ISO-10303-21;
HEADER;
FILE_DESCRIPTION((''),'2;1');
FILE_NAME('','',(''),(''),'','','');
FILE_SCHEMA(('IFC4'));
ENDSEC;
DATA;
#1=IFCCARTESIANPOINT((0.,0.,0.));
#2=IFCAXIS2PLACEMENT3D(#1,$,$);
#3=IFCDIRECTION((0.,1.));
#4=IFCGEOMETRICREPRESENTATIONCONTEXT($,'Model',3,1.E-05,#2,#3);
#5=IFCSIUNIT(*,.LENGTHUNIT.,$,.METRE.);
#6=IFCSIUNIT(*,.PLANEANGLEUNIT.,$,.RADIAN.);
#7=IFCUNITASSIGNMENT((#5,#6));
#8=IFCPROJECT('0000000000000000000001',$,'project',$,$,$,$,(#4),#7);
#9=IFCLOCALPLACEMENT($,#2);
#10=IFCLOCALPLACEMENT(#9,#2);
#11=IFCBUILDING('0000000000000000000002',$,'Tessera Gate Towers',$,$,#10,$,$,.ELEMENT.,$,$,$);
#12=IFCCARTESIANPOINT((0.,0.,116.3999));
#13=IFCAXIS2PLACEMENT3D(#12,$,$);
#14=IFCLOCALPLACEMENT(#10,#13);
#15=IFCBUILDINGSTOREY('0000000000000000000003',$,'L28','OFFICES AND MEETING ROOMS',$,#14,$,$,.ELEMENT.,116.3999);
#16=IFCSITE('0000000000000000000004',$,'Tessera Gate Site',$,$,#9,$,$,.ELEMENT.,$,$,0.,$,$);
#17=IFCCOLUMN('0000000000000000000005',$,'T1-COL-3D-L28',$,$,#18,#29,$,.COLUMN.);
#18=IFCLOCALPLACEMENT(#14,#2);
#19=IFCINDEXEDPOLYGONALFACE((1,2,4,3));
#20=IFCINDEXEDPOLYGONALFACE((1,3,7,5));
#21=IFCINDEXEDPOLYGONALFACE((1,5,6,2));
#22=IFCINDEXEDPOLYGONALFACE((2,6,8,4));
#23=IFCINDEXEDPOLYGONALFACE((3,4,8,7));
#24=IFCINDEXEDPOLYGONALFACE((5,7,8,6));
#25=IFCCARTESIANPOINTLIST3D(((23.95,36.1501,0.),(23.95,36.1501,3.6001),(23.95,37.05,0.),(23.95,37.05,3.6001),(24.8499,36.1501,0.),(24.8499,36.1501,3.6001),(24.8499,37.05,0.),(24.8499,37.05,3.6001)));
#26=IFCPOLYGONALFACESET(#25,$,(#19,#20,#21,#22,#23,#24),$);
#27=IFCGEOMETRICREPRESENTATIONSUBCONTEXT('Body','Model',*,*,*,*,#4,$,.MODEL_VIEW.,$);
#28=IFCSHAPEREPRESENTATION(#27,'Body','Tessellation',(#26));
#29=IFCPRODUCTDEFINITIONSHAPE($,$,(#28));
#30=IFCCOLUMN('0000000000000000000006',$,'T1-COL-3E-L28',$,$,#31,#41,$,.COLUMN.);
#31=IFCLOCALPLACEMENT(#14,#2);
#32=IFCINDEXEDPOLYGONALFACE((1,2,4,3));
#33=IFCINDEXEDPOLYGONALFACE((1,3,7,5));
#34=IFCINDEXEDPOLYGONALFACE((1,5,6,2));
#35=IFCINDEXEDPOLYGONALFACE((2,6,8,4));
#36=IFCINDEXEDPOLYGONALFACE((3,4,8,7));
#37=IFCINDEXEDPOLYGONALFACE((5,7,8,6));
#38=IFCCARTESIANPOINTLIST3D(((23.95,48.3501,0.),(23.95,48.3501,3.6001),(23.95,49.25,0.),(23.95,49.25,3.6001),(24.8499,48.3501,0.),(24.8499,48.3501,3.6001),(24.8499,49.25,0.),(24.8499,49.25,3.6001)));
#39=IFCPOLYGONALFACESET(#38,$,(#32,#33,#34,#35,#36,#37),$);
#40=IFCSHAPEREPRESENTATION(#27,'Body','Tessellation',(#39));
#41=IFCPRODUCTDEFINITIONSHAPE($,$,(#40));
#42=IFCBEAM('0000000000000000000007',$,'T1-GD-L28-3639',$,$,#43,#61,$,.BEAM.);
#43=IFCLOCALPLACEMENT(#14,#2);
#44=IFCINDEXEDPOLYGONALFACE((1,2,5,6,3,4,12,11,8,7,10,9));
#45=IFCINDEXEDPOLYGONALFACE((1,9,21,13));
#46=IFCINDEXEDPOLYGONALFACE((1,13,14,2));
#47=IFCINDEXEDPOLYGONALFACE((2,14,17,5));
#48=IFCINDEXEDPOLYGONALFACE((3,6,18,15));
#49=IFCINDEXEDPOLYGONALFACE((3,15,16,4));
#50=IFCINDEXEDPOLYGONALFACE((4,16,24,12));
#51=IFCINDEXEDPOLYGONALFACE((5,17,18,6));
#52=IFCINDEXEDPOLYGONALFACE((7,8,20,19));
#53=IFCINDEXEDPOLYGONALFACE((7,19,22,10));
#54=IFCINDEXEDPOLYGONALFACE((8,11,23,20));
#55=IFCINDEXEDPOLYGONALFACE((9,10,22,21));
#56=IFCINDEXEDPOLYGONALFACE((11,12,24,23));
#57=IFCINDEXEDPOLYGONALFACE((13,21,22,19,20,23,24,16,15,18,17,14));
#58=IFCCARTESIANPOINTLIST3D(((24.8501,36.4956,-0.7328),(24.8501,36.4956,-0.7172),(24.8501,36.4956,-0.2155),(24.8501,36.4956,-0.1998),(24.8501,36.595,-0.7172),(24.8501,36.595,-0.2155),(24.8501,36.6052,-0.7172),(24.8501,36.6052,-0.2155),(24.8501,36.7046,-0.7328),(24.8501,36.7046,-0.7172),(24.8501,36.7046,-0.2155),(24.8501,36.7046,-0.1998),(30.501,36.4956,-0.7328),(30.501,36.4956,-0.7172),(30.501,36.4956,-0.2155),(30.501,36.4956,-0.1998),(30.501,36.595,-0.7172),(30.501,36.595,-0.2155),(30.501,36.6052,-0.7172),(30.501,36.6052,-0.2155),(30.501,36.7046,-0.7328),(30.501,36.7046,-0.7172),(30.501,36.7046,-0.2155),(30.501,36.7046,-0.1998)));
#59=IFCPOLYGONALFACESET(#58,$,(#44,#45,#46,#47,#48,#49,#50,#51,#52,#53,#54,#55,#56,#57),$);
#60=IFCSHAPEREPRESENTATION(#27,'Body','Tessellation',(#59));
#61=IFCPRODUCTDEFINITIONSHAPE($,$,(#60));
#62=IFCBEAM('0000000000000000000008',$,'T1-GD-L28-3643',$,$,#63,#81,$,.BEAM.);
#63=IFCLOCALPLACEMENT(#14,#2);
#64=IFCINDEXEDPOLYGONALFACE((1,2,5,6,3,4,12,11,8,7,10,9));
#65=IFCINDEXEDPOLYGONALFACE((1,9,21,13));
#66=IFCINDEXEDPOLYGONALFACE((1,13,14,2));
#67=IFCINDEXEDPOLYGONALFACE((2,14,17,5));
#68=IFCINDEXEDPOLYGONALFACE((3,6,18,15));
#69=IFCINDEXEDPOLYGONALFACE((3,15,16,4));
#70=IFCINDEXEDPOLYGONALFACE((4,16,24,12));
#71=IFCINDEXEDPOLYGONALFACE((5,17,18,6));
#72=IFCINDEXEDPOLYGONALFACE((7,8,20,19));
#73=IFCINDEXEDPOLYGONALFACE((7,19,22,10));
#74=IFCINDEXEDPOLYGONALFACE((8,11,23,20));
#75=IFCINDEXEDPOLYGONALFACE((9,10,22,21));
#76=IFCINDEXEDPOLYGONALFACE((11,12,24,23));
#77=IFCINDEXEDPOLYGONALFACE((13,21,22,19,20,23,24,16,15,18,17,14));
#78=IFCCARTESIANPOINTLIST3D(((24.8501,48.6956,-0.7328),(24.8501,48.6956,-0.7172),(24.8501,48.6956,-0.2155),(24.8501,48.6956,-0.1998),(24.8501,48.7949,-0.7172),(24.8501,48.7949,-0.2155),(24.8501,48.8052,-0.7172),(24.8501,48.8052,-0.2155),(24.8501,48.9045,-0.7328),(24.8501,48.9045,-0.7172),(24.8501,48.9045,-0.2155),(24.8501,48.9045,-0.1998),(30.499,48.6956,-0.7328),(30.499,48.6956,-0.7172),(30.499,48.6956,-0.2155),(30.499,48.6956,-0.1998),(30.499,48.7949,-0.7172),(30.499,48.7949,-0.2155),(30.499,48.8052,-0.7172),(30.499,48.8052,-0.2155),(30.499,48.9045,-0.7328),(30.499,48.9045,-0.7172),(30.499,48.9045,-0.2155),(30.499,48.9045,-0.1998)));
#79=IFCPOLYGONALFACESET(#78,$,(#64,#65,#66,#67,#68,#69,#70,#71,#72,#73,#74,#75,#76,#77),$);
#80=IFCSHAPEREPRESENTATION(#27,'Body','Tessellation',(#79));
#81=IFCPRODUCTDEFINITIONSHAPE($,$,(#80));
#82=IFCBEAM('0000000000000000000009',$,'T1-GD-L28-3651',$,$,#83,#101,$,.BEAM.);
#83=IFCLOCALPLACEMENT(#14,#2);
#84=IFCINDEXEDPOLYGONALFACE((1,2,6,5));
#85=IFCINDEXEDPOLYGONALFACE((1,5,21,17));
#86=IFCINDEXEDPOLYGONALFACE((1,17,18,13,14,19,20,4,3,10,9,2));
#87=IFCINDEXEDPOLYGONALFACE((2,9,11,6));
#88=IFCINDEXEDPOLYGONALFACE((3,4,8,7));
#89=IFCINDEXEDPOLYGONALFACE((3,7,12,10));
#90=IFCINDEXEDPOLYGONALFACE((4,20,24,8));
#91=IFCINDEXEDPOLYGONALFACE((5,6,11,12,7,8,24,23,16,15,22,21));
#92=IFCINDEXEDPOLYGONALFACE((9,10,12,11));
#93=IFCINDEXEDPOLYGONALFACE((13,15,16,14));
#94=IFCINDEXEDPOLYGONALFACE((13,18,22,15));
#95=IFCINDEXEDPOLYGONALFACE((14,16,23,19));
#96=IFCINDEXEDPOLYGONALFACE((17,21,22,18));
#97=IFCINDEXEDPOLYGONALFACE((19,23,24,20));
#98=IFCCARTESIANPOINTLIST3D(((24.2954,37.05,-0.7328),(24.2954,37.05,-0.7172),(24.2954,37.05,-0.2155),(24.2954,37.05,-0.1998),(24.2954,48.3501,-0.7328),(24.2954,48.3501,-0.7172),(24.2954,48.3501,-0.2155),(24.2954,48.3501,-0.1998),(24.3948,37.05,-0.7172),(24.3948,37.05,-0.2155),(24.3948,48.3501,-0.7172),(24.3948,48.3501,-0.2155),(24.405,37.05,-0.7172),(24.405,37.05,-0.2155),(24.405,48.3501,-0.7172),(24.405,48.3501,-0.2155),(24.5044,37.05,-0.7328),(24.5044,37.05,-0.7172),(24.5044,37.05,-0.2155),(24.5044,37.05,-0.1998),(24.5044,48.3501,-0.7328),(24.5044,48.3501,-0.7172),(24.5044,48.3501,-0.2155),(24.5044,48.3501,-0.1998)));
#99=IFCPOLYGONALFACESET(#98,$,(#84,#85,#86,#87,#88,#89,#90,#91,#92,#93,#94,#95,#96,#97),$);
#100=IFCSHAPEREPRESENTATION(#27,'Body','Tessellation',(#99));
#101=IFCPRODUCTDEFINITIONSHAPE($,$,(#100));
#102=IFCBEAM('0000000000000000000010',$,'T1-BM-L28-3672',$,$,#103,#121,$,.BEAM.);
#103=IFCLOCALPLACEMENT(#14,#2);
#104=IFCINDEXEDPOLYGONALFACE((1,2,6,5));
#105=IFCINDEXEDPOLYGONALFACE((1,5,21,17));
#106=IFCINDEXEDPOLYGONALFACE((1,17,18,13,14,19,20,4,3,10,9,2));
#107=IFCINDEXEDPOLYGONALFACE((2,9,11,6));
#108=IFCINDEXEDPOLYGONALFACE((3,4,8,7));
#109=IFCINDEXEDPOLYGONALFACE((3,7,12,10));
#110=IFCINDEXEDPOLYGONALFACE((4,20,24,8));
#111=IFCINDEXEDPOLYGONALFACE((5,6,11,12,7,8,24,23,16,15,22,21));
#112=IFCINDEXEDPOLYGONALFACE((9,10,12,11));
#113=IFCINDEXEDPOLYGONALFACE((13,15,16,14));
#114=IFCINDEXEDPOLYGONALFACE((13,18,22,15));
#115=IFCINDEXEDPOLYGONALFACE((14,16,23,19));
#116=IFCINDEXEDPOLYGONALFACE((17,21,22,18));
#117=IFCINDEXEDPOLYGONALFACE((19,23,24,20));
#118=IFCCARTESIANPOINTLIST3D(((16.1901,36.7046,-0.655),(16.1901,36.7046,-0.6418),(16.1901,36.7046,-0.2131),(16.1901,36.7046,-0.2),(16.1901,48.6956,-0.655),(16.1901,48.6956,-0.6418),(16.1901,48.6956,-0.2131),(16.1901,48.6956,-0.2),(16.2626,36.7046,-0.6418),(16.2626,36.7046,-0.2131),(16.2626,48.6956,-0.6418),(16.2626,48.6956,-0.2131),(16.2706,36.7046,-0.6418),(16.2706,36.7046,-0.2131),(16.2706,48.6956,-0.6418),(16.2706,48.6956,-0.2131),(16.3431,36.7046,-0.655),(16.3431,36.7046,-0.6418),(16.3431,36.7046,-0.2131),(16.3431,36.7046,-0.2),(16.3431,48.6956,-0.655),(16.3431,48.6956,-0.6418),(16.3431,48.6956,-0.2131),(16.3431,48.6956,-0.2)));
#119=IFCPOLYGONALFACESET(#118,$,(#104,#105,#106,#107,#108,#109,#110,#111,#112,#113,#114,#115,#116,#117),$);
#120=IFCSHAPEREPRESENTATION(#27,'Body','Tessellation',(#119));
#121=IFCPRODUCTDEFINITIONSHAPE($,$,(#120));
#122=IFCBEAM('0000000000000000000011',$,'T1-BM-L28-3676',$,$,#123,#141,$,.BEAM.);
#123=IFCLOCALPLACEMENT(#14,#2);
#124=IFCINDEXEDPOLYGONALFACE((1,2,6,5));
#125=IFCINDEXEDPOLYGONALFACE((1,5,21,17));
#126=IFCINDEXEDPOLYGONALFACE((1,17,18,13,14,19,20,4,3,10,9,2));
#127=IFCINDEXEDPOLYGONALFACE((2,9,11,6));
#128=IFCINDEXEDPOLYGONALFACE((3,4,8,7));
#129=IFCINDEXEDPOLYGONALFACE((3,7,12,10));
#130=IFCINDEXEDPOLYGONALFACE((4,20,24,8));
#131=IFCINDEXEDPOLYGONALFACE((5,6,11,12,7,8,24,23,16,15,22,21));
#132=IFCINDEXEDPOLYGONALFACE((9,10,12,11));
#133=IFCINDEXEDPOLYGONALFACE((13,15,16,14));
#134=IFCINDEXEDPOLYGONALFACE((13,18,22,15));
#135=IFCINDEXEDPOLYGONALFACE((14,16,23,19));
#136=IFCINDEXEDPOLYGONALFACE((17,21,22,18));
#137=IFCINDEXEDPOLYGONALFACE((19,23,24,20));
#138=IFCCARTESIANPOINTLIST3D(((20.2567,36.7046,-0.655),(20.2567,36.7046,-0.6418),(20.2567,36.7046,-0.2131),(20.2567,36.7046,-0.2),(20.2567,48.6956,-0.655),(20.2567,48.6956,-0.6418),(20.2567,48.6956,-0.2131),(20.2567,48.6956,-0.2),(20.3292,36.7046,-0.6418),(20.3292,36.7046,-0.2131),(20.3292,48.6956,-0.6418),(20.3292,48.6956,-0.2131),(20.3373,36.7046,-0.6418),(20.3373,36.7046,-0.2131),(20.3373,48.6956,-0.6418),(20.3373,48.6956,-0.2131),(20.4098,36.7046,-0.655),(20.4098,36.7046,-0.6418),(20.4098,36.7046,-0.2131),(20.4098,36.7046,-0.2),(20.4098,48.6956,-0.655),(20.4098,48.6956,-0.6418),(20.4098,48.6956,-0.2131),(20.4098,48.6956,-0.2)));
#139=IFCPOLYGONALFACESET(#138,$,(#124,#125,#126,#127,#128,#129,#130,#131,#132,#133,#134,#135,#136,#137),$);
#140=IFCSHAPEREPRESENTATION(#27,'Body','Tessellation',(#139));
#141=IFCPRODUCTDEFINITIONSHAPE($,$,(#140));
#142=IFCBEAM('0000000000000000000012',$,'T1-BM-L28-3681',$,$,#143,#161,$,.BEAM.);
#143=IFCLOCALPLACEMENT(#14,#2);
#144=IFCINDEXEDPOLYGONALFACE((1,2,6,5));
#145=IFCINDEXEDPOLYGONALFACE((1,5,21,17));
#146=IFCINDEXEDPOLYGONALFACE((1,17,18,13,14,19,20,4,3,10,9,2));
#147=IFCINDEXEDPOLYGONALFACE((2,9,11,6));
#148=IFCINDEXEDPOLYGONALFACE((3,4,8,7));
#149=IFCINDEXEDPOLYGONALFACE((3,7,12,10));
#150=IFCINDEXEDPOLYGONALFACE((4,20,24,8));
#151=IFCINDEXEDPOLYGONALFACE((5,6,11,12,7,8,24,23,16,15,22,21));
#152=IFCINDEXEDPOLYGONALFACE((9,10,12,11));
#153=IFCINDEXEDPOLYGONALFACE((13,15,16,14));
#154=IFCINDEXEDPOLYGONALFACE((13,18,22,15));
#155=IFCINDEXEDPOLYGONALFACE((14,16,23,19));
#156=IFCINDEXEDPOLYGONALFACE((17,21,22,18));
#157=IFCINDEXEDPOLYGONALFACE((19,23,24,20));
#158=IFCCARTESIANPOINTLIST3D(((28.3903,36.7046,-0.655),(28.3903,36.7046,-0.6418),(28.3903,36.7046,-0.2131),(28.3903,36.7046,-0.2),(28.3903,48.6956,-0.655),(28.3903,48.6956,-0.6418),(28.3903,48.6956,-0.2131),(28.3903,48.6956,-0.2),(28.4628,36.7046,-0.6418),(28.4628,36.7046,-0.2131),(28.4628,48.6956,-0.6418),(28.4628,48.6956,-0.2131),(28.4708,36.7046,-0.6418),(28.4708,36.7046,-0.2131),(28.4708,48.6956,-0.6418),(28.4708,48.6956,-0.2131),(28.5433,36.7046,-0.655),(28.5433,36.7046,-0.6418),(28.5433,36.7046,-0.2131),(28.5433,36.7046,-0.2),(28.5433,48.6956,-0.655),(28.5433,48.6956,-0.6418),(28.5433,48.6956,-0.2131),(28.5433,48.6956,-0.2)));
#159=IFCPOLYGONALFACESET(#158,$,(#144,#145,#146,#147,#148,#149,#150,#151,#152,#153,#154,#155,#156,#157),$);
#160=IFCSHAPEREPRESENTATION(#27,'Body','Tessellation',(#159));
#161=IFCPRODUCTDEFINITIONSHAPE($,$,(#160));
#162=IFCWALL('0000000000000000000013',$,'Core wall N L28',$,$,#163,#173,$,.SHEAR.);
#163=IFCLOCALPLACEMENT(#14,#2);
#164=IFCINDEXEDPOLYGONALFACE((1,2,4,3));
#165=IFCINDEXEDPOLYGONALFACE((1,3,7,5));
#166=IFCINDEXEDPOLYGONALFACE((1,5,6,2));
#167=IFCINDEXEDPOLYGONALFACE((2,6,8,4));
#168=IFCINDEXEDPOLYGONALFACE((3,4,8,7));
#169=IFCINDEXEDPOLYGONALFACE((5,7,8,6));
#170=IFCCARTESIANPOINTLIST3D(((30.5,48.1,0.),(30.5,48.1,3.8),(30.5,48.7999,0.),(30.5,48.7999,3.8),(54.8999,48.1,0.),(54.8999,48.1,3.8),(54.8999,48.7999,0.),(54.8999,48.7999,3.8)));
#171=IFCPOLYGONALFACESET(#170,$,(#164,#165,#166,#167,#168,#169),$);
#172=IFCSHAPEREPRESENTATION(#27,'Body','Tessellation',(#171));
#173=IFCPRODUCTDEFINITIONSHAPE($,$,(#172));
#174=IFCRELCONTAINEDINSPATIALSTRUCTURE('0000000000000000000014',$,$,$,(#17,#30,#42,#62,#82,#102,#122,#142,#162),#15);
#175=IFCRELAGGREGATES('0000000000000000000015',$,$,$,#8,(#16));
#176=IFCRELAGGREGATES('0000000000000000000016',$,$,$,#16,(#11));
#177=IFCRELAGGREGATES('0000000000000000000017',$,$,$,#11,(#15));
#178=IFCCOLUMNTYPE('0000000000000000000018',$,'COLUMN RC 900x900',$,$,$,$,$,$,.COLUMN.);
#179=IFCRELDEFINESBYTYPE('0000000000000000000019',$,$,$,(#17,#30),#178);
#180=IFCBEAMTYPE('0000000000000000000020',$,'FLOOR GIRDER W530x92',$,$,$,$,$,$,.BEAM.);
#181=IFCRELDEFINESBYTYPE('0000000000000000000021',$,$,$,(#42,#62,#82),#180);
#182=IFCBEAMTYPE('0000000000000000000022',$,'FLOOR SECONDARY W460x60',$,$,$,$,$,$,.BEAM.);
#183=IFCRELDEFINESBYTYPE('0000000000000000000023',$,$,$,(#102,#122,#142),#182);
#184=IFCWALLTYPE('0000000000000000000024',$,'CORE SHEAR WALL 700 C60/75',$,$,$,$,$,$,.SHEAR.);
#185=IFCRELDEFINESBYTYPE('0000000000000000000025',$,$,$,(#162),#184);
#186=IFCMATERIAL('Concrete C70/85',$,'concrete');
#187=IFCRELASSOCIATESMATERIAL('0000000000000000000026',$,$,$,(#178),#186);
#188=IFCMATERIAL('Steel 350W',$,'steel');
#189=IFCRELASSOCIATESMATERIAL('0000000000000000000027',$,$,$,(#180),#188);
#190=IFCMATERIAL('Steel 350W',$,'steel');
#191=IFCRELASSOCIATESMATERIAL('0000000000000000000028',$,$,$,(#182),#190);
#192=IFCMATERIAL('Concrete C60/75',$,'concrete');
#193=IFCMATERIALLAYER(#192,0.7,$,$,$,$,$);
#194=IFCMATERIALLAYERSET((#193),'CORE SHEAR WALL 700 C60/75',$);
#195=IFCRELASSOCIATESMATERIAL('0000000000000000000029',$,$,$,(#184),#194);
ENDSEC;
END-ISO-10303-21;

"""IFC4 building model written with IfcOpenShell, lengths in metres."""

from ifc_helpers import new_model, si_unit, direction, frame, frame_2d, origin, origin_2d, place, context, subcontext, project, spatial, rectangle, i_section, extrude, material, layer, layer_set, material_profile, profile_set, type_object, element, save


model = new_model("IFC4")

# Units and contexts
model_context = context("Model", 3, precision=1e-05, world=origin(), true_north=direction((0.0, 1.0)))
body_context = subcontext(model_context, "Body", "Model", "MODEL_VIEW")
ifc_project = project(units=[si_unit("LENGTHUNIT", "METRE"), si_unit("PLANEANGLEUNIT", "RADIAN")], contexts=[model_context])

# Site, building, storey
site_placement = place(None, origin())
site = spatial("IfcSite", under=ifc_project, at=site_placement, Name="Tessera Gate Site", CompositionType="ELEMENT", RefElevation=0.0)
building_placement = place(site_placement, origin())
building = spatial("IfcBuilding", under=site, at=building_placement, Name="Tessera Gate Towers", CompositionType="ELEMENT")
storey_placement = place(building_placement, frame((0.0, 0.0, 116.3999)))
storey = spatial("IfcBuildingStorey", under=building, at=storey_placement, Name="L28", Description="OFFICES AND MEETING ROOMS", CompositionType="ELEMENT", Elevation=116.3999)

# Columns
ifc_material_1 = material(Name="Concrete C70/85", Category="concrete")
ifc_material_profile_1 = material_profile(ifc_material_1, rectangle(XDim=0.8999, YDim=0.8999, at=origin_2d()), Name="RC 900x900")
ifc_profile_set_1 = profile_set([ifc_material_profile_1], Name="Concrete C70/85")
column_type = type_object("IfcColumnType", Name="COLUMN RC 900x900", PredefinedType="COLUMN", material=ifc_profile_set_1)
for number, where, z_axis, x_axis, name in (
    (1, (24.3999, 36.6001, 0.0), (0.0, 0.0, 1.0), (1.0, 0.0, 0.0), "T1-COL-3D-L28"),
    (2, (24.3999, 48.8, 0.0), (0.0, 0.0, 1.0), (1.0, 0.0, 0.0), "T1-COL-3E-L28"),
):
    element("IfcColumn", number, at=place(storey_placement, frame(where, z_axis=z_axis, x_axis=x_axis)), inside=storey, type_object=column_type, Name=name, PredefinedType="COLUMN", context=body_context, shape_type="SweptSolid", body=[
        extrude(rectangle(XDim=0.8999, YDim=0.8999, at=origin_2d()), origin(), (0.0, 0.0, 1.0), 3.6001),
    ])

# Beams
ifc_material_2 = material(Name="Steel 350W", Category="steel")
ifc_material_profile_2 = material_profile(ifc_material_2, i_section(OverallWidth=0.209, OverallDepth=0.533, WebThickness=0.0103, FlangeThickness=0.0156, at=origin_2d()), Name="W530x92")
ifc_profile_set_2 = profile_set([ifc_material_profile_2], Name="Steel 350W")
beam_type_1 = type_object("IfcBeamType", Name="FLOOR GIRDER W530x92", PredefinedType="BEAM", material=ifc_profile_set_2)
beam_1_placement = place(storey_placement, frame((24.8501, 36.6001, -0.4663), z_axis=(1.0, 0.0, 0.0), x_axis=(0.0, 1.0, 0.0)))
element("IfcBeam", 3, at=beam_1_placement, inside=storey, type_object=beam_type_1, Name="T1-GD-L28-3639", PredefinedType="BEAM", context=body_context, shape_type="SweptSolid", body=[
    extrude(i_section(OverallWidth=0.209, OverallDepth=0.533, WebThickness=0.0103, FlangeThickness=0.0156, at=origin_2d()), origin(), (0.0, 0.0, 1.0), 5.6509),
])
beam_2_placement = place(storey_placement, frame((24.8501, 48.8, -0.4663), z_axis=(1.0, 0.0, 0.0), x_axis=(0.0, 1.0, 0.0)))
element("IfcBeam", 4, at=beam_2_placement, inside=storey, type_object=beam_type_1, Name="T1-GD-L28-3643", PredefinedType="BEAM", context=body_context, shape_type="SweptSolid", body=[
    extrude(i_section(OverallWidth=0.209, OverallDepth=0.533, WebThickness=0.0103, FlangeThickness=0.0156, at=origin_2d()), origin(), (0.0, 0.0, 1.0), 5.6489),
])
beam_3_placement = place(storey_placement, frame((24.3999, 37.05, -0.4663), z_axis=(0.0, 1.0, 0.0), x_axis=(-1.0, 0.0, 0.0)))
element("IfcBeam", 5, at=beam_3_placement, inside=storey, type_object=beam_type_1, Name="T1-GD-L28-3651", PredefinedType="BEAM", context=body_context, shape_type="SweptSolid", body=[
    extrude(i_section(OverallWidth=0.209, OverallDepth=0.533, WebThickness=0.0103, FlangeThickness=0.0156, at=origin_2d()), origin(), (0.0, 0.0, 1.0), 11.3),
])
ifc_material_3 = material(Name="Steel 350W", Category="steel")
ifc_material_profile_3 = material_profile(ifc_material_3, i_section(OverallWidth=0.1531, OverallDepth=0.4551, WebThickness=0.0081, FlangeThickness=0.0132, at=origin_2d()), Name="W460x60")
ifc_profile_set_3 = profile_set([ifc_material_profile_3], Name="Steel 350W")
beam_type_2 = type_object("IfcBeamType", Name="FLOOR SECONDARY W460x60", PredefinedType="BEAM", material=ifc_profile_set_3)
for number, where, z_axis, x_axis, name in (
    (6, (16.2666, 36.7046, -0.4275), (0.0, 1.0, 0.0), (-1.0, 0.0, 0.0), "T1-BM-L28-3672"),
    (7, (20.3333, 36.7046, -0.4275), (0.0, 1.0, 0.0), (-1.0, 0.0, 0.0), "T1-BM-L28-3676"),
    (8, (28.4668, 36.7046, -0.4275), (0.0, 1.0, 0.0), (-1.0, 0.0, 0.0), "T1-BM-L28-3681"),
):
    element("IfcBeam", number, at=place(storey_placement, frame(where, z_axis=z_axis, x_axis=x_axis)), inside=storey, type_object=beam_type_2, Name=name, PredefinedType="BEAM", context=body_context, shape_type="SweptSolid", body=[
        extrude(i_section(OverallWidth=0.1531, OverallDepth=0.4551, WebThickness=0.0081, FlangeThickness=0.0132, at=origin_2d()), origin(), (0.0, 0.0, 1.0), 11.991),
    ])

# Wall
ifc_material_4 = material(Name="Concrete C60/75", Category="concrete")
ifc_layer_1 = layer(ifc_material_4, 0.7)
ifc_layer_set_1 = layer_set([ifc_layer_1], Name="CORE SHEAR WALL 700 C60/75")
wall_type_1 = type_object("IfcWallType", Name="CORE SHEAR WALL 700 C60/75", PredefinedType="SHEAR", material=ifc_layer_set_1)
wall_1_placement = place(storey_placement, frame((30.5, 48.45, 0.0), z_axis=(0.0, 0.0, 1.0), x_axis=(1.0, 0.0, 0.0)))
element("IfcWall", 9, at=wall_1_placement, inside=storey, type_object=wall_type_1, Name="Core wall N L28", PredefinedType="SHEAR", context=body_context, shape_type="SweptSolid", body=[
    extrude(rectangle(XDim=24.3999, YDim=0.7, at=frame_2d((12.2, 0.0))), origin(), (0.0, 0.0, 1.0), 3.8),
])

save(model, "model.ifc")
